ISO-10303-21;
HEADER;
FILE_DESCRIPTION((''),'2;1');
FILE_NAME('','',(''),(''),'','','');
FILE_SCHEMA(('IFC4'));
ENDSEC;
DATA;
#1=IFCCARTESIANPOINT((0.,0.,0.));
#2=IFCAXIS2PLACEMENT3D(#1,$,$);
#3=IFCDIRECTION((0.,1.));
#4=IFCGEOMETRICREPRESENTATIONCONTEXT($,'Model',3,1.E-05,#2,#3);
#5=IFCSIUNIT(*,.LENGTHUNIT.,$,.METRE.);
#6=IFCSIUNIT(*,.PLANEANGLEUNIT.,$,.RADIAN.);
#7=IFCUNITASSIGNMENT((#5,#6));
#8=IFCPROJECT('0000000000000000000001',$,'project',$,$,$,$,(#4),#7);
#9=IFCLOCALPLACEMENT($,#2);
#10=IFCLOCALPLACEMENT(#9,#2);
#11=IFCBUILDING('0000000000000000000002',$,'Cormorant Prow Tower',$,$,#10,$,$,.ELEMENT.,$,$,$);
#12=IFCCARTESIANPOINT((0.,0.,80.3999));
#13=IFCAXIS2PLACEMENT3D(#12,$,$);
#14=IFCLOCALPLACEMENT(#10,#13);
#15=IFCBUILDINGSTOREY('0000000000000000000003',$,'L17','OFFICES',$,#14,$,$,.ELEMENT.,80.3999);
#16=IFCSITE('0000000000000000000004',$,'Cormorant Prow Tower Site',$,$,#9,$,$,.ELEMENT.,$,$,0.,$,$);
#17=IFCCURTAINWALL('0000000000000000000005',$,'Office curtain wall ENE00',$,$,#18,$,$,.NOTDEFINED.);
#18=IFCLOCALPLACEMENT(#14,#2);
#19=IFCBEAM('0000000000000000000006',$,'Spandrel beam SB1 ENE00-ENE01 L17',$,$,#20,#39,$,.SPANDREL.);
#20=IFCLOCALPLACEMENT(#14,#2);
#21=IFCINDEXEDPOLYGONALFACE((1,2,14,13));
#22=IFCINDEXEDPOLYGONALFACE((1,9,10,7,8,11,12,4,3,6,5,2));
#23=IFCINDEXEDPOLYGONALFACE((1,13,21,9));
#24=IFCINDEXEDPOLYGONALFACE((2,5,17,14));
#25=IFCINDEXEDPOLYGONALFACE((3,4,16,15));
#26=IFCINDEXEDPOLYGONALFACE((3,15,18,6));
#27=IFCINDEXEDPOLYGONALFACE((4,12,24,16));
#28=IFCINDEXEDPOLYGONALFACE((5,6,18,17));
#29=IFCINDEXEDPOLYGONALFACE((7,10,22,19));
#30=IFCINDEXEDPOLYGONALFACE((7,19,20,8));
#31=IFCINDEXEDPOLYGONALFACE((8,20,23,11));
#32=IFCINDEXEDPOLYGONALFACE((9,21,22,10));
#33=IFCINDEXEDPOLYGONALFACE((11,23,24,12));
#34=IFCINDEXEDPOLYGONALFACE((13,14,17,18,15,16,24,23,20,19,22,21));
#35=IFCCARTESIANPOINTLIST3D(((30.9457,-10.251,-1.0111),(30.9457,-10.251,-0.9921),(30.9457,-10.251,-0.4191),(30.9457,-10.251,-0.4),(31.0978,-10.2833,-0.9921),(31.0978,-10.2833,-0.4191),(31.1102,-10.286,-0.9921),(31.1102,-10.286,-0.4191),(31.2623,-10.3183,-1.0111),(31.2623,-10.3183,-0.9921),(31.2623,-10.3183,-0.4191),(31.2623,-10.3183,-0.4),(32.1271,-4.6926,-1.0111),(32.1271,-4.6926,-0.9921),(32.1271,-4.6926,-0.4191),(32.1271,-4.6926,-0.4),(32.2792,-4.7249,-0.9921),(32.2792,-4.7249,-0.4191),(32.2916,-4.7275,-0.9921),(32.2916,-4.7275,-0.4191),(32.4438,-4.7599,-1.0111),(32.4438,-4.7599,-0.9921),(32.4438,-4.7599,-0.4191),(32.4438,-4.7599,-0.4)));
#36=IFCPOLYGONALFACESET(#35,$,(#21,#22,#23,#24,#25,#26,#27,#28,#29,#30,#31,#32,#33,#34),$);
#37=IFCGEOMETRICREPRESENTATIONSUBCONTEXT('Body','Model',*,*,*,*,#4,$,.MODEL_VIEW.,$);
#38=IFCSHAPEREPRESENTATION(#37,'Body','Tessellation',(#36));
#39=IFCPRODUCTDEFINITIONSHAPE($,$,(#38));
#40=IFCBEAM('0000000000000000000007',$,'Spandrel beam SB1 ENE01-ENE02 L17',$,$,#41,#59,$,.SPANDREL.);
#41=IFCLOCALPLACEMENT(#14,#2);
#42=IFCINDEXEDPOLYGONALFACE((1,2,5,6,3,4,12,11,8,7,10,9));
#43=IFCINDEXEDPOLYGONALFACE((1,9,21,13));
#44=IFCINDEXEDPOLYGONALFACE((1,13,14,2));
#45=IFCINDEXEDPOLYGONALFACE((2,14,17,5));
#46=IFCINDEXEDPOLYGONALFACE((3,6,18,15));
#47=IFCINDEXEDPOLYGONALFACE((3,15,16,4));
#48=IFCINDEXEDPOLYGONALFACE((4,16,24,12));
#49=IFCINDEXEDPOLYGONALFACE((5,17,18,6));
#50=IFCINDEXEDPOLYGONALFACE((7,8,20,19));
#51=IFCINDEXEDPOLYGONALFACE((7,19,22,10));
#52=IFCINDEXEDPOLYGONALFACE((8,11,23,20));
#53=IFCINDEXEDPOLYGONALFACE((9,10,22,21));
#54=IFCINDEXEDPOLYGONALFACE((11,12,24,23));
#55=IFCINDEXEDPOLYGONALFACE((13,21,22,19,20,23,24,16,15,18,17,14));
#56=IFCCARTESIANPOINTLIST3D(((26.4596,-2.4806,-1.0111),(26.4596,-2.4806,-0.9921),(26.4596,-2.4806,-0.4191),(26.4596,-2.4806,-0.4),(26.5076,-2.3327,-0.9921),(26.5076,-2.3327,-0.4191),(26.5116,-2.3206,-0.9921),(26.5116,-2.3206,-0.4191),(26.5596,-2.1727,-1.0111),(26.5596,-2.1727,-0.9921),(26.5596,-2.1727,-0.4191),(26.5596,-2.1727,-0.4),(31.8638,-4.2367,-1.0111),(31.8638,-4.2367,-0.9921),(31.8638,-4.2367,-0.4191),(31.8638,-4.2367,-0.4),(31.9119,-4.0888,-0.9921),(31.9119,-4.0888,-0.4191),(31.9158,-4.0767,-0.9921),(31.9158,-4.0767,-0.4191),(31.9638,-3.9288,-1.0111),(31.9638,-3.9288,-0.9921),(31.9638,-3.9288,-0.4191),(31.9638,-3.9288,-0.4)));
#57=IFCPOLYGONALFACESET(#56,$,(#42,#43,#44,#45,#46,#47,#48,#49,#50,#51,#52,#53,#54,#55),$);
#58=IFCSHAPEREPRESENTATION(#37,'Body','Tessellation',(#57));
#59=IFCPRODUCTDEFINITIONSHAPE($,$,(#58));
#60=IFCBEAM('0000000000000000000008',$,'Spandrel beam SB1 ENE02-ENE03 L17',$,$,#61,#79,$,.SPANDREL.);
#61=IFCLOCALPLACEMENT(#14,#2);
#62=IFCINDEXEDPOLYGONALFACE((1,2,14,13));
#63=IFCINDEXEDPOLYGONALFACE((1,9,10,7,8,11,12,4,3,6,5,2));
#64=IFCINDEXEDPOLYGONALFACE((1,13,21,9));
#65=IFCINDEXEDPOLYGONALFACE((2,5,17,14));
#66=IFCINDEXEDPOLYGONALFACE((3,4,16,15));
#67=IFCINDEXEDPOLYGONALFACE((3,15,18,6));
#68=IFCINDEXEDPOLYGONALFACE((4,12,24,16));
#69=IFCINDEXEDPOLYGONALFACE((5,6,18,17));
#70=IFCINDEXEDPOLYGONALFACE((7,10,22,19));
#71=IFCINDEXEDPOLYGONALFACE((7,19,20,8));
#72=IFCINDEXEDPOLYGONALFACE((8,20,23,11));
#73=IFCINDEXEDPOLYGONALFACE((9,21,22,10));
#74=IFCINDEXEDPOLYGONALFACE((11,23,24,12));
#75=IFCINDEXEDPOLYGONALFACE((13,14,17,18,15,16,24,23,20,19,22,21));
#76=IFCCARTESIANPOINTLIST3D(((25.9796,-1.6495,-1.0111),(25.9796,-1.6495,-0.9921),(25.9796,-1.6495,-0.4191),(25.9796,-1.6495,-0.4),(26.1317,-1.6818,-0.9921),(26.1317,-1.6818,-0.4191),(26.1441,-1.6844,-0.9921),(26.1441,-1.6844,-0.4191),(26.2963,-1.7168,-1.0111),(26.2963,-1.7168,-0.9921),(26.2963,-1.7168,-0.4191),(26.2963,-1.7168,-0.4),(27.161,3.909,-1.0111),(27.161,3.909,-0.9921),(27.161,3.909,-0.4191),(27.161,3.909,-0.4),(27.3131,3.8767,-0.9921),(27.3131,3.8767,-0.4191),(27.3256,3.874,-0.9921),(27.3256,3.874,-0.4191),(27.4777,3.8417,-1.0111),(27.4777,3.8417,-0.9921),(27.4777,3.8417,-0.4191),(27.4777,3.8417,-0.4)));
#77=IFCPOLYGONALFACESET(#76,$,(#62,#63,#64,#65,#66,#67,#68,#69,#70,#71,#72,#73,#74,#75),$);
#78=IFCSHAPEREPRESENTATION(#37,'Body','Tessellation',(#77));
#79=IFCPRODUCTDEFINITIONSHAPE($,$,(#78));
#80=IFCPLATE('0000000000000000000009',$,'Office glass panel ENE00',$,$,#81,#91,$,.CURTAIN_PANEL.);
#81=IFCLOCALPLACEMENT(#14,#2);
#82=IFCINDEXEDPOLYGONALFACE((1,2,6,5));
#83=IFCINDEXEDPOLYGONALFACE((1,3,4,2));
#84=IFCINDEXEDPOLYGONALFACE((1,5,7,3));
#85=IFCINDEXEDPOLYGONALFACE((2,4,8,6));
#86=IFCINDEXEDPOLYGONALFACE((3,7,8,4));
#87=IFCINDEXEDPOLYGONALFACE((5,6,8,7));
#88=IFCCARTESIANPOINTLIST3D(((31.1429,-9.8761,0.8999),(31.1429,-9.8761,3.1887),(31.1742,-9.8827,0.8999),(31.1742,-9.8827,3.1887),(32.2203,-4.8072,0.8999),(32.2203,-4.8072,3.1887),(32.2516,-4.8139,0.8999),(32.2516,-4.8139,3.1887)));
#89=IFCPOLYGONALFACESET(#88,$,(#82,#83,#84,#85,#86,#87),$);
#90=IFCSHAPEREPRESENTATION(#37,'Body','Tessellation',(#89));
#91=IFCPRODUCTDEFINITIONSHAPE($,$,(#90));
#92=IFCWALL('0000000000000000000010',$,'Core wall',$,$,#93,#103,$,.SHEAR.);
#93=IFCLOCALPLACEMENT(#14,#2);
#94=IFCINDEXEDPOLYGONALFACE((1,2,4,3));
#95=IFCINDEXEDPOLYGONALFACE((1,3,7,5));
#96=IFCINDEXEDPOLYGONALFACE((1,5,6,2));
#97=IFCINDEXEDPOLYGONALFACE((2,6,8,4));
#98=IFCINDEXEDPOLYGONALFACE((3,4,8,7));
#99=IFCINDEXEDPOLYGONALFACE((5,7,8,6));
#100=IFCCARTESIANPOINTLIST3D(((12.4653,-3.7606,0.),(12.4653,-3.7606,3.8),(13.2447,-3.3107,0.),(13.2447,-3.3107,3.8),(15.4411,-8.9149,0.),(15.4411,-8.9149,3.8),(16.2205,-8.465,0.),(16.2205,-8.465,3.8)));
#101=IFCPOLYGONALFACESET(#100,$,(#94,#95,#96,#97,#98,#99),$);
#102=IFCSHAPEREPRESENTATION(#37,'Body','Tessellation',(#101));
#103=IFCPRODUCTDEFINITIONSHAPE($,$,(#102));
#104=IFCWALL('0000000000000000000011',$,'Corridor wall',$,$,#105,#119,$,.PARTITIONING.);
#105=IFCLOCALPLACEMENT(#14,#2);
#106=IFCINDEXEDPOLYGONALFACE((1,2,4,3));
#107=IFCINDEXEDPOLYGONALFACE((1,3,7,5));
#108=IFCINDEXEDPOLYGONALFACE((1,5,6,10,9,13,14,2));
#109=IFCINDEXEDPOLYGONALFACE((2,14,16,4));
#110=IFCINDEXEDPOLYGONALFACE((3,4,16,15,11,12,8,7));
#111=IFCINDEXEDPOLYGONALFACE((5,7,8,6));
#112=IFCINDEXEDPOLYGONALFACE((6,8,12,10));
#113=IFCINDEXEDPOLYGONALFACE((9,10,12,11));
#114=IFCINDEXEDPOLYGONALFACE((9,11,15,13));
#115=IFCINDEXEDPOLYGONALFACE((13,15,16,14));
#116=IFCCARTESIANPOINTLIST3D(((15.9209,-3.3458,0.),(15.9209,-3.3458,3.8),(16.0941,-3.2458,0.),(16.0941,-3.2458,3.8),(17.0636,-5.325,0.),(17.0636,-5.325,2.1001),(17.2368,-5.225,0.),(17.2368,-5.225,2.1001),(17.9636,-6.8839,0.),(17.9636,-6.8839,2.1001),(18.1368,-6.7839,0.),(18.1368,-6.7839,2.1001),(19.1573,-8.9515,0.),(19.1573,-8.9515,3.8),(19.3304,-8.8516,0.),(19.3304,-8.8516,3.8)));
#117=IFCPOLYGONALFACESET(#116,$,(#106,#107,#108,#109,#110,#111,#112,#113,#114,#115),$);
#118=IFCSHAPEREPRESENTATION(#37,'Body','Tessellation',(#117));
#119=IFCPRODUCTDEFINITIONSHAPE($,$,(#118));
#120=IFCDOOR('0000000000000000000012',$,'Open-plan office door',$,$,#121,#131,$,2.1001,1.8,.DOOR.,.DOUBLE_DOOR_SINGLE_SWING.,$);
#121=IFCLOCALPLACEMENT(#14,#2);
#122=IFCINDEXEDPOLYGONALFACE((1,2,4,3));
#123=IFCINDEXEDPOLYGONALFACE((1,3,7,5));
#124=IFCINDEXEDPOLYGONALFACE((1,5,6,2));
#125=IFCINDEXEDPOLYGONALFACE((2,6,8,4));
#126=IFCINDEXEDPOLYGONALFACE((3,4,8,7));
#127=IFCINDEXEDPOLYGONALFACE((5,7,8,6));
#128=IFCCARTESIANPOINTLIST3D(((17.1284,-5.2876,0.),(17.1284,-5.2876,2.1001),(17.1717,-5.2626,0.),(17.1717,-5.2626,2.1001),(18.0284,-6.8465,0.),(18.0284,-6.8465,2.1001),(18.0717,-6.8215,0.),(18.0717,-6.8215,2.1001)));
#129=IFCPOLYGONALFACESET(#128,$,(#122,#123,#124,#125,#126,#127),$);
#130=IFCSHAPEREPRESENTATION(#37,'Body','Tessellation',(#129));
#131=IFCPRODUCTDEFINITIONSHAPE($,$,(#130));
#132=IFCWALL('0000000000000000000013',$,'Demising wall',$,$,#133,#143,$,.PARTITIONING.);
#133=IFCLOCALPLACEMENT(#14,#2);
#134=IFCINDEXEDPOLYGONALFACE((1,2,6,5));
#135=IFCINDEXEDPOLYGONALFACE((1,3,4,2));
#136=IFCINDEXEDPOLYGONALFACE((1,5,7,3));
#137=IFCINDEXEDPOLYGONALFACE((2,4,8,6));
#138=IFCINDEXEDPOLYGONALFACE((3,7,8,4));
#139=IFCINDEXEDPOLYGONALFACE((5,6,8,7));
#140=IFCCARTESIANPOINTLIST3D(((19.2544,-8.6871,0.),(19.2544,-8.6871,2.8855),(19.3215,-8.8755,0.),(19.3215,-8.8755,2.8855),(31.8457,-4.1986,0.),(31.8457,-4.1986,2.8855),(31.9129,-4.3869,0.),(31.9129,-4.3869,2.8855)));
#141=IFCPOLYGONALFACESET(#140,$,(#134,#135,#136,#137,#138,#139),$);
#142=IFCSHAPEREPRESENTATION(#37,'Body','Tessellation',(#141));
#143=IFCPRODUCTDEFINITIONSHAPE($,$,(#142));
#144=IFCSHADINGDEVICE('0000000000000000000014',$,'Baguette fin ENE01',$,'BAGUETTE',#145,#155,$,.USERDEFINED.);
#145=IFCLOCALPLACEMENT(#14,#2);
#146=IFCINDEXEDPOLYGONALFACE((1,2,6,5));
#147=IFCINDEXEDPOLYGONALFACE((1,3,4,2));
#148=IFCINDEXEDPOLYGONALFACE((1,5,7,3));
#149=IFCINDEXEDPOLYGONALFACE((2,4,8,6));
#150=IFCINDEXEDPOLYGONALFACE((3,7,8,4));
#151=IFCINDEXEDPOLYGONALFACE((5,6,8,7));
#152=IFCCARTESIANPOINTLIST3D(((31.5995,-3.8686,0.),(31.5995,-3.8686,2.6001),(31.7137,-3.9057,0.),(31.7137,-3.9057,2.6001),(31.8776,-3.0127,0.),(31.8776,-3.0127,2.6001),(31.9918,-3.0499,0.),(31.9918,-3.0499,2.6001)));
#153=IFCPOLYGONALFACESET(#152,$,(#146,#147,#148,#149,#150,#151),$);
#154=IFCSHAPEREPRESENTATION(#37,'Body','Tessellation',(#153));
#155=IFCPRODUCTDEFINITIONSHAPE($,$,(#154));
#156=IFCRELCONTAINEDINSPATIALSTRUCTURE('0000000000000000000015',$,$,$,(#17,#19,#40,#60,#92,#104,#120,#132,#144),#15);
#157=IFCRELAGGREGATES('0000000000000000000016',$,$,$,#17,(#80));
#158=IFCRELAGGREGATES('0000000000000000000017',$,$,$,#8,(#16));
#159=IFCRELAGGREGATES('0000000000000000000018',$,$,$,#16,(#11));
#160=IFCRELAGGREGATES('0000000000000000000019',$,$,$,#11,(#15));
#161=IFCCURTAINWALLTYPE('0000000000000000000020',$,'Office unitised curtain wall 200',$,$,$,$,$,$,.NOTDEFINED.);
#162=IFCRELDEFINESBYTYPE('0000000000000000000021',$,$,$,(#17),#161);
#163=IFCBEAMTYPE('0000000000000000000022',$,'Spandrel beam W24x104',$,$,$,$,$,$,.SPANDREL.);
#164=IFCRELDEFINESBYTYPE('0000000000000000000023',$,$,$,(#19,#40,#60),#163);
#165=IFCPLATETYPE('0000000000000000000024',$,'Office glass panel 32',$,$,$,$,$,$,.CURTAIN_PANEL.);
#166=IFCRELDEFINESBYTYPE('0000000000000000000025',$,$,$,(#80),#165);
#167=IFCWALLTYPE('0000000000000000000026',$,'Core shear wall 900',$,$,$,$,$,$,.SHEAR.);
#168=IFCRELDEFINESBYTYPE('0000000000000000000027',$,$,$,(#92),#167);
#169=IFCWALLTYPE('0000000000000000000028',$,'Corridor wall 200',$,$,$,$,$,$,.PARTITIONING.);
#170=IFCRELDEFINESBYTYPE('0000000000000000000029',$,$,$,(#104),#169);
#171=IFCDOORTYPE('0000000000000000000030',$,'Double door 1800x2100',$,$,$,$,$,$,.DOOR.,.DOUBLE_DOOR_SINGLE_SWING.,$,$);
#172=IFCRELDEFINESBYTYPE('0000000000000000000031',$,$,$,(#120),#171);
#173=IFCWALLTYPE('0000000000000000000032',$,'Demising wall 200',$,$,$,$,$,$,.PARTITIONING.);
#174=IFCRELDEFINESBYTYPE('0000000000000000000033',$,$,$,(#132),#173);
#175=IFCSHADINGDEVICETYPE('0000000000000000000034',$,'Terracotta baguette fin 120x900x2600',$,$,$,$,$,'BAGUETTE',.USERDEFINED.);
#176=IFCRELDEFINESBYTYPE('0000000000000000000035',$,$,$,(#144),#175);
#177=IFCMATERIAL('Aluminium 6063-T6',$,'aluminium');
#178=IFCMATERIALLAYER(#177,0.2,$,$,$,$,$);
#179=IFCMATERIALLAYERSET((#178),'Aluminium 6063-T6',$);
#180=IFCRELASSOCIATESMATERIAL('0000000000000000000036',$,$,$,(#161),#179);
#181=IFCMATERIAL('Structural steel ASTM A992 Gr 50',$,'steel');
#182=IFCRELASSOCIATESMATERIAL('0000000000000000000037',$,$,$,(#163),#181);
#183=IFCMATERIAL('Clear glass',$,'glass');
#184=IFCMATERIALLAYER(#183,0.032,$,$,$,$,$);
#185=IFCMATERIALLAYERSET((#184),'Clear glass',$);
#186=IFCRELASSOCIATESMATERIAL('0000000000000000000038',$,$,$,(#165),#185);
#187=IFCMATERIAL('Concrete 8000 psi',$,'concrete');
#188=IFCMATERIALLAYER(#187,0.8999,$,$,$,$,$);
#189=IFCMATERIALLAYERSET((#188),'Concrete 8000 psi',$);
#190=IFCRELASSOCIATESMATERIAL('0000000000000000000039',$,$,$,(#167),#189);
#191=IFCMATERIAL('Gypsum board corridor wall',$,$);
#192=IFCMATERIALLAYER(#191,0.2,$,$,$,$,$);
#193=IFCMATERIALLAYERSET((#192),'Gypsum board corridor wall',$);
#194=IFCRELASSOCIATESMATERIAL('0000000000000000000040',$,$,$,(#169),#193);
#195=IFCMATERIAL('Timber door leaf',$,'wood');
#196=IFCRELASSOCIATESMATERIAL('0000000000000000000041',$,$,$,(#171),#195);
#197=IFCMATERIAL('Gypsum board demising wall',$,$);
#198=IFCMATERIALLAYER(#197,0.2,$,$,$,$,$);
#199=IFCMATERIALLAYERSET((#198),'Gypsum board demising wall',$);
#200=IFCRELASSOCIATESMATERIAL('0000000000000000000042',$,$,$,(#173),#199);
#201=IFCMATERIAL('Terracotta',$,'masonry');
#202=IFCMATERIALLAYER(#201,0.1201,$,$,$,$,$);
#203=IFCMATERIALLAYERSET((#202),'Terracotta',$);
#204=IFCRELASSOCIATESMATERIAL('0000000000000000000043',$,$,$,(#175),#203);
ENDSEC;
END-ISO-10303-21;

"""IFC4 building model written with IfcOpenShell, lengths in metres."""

from ifc_helpers import new_model, si_unit, direction, frame, frame_2d, origin, origin_2d, place, context, subcontext, project, spatial, rectangle, i_section, extrude, material, layer, layer_set, material_profile, profile_set, type_object, element, fill, aggregate, save


model = new_model("IFC4")

# Units and contexts
model_context = context("Model", 3, precision=1e-05, world=origin(), true_north=direction((0.0, 1.0)))
body_context = subcontext(model_context, "Body", "Model", "MODEL_VIEW")
ifc_project = project(units=[si_unit("LENGTHUNIT", "METRE"), si_unit("PLANEANGLEUNIT", "RADIAN")], contexts=[model_context])

# Site, building, storey
site_placement = place(None, origin())
site = spatial("IfcSite", under=ifc_project, at=site_placement, Name="Cormorant Prow Tower Site", CompositionType="ELEMENT", RefElevation=0.0)
building_placement = place(site_placement, origin())
building = spatial("IfcBuilding", under=site, at=building_placement, Name="Cormorant Prow Tower", CompositionType="ELEMENT")
storey_placement = place(building_placement, frame((0.0, 0.0, 80.3999)))
storey = spatial("IfcBuildingStorey", under=building, at=storey_placement, Name="L17", Description="OFFICES", CompositionType="ELEMENT", Elevation=80.3999)

# Curtain wall
ifc_material_1 = material(Name="Aluminium 6063-T6", Category="aluminium")
ifc_layer_1 = layer(ifc_material_1, 0.2)
ifc_layer_set_1 = layer_set([ifc_layer_1], Name="Aluminium 6063-T6")
curtain_wall_type = type_object("IfcCurtainWallType", Name="Office unitised curtain wall 200", PredefinedType="NOTDEFINED", material=ifc_layer_set_1)
curtain_wall_1_placement = place(storey_placement, origin())
curtain_wall_1 = element("IfcCurtainWall", 1, at=curtain_wall_1_placement, inside=storey, type_object=curtain_wall_type, Name="Office curtain wall ENE00", PredefinedType="NOTDEFINED")

# Beams
ifc_material_2 = material(Name="Structural steel ASTM A992 Gr 50", Category="steel")
ifc_material_profile_1 = material_profile(ifc_material_2, i_section(OverallWidth=0.3237, OverallDepth=0.6111, WebThickness=0.0127, FlangeThickness=0.019, at=origin_2d()), Name="W24x104")
ifc_profile_set_1 = profile_set([ifc_material_profile_1], Name="Structural steel ASTM A992 Gr 50")
beam_type_1 = type_object("IfcBeamType", Name="Spandrel beam W24x104", PredefinedType="SPANDREL", material=ifc_profile_set_1)
beam_1_placement = place(storey_placement, frame((31.104, -10.2847, -0.7056), z_axis=(0.2079, 0.97815, 0.0), x_axis=(-0.97815, 0.2079, 0.0)))
element("IfcBeam", 2, at=beam_1_placement, inside=storey, type_object=beam_type_1, Name="Spandrel beam SB1 ENE00-ENE01 L17", PredefinedType="SPANDREL", context=body_context, shape_type="SweptSolid", body=[
    extrude(i_section(OverallWidth=0.3237, OverallDepth=0.6111, WebThickness=0.0127, FlangeThickness=0.019, at=origin_2d()), origin(), (0.0, 0.0, 1.0), 5.6826),
])
beam_2_placement = place(storey_placement, frame((31.9138, -4.0828, -0.7056), z_axis=(-0.951049, 0.309039, 0.0), x_axis=(-0.309039, -0.951049, 0.0)))
element("IfcBeam", 3, at=beam_2_placement, inside=storey, type_object=beam_type_1, Name="Spandrel beam SB1 ENE01-ENE02 L17", PredefinedType="SPANDREL", context=body_context, shape_type="SweptSolid", body=[
    extrude(i_section(OverallWidth=0.3237, OverallDepth=0.6111, WebThickness=0.0127, FlangeThickness=0.019, at=origin_2d()), origin(), (0.0, 0.0, 1.0), 5.6824),
])
beam_3_placement = place(storey_placement, frame((26.1379, -1.6831, -0.7056), z_axis=(0.2079, 0.97815, 0.0), x_axis=(-0.97815, 0.2079, 0.0)))
element("IfcBeam", 4, at=beam_3_placement, inside=storey, type_object=beam_type_1, Name="Spandrel beam SB1 ENE02-ENE03 L17", PredefinedType="SPANDREL", context=body_context, shape_type="SweptSolid", body=[
    extrude(i_section(OverallWidth=0.3237, OverallDepth=0.6111, WebThickness=0.0127, FlangeThickness=0.019, at=origin_2d()), origin(), (0.0, 0.0, 1.0), 5.6826),
])

# Plate
ifc_material_3 = material(Name="Clear glass", Category="glass")
ifc_layer_2 = layer(ifc_material_3, 0.032)
ifc_layer_set_2 = layer_set([ifc_layer_2], Name="Clear glass")
plate_type = type_object("IfcPlateType", Name="Office glass panel 32", PredefinedType="CURTAIN_PANEL", material=ifc_layer_set_2)
plate_placement = place(storey_placement, frame((31.6973, -7.345, 0.8999), z_axis=(0.0, 0.0, 1.0), x_axis=(0.207912, 0.978148, 0.0)))
plate = element("IfcPlate", 5, at=plate_placement, type_object=plate_type, Name="Office glass panel ENE00", PredefinedType="CURTAIN_PANEL", context=body_context, shape_type="SweptSolid", body=[
    extrude(rectangle(XDim=5.1821, YDim=0.032, at=origin_2d()), origin(), (0.0, 0.0, 1.0), 2.2888),
])
aggregate(curtain_wall_1, [plate])

# Wall
ifc_material_4 = material(Name="Concrete 8000 psi", Category="concrete")
ifc_layer_3 = layer(ifc_material_4, 0.8999)
ifc_layer_set_3 = layer_set([ifc_layer_3], Name="Concrete 8000 psi")
wall_type_1 = type_object("IfcWallType", Name="Core shear wall 900", PredefinedType="SHEAR", material=ifc_layer_set_3)
wall_1_placement = place(storey_placement, frame((15.8308, -8.6899, 0.0), z_axis=(0.0, 0.0, 1.0), x_axis=(-0.499999, 0.866026, 0.0)))
element("IfcWall", 6, at=wall_1_placement, inside=storey, type_object=wall_type_1, Name="Core wall", PredefinedType="SHEAR", context=body_context, shape_type="SweptSolid", body=[
    extrude(rectangle(XDim=5.9517, YDim=0.8999, at=frame_2d((2.9758, 0.0))), origin(), (0.0, 0.0, 1.0), 3.8),
])

# Wall, opening, door
ifc_material_5 = material(Name="Gypsum board corridor wall")
ifc_layer_4 = layer(ifc_material_5, 0.2)
ifc_layer_set_4 = layer_set([ifc_layer_4], Name="Gypsum board corridor wall")
wall_type_2 = type_object("IfcWallType", Name="Corridor wall 200", PredefinedType="PARTITIONING", material=ifc_layer_set_4)
wall_2_placement = place(storey_placement, frame((16.0076, -3.2959, 0.0), z_axis=(0.0, 0.0, 1.0), x_axis=(0.499985, -0.866034, 0.0)))
wall_2 = element("IfcWall", 7, at=wall_2_placement, inside=storey, type_object=wall_type_2, Name="Corridor wall", PredefinedType="PARTITIONING", context=body_context, shape_type="SweptSolid", body=[
    extrude(rectangle(XDim=6.4729, YDim=0.2, at=frame_2d((3.2363, 0.0))), origin(), (0.0, 0.0, 1.0), 3.8),
])
opening_1_placement = place(wall_2_placement, frame((2.2854, 0.0, 0.0)))
opening_1 = element("IfcOpeningElement", 8, at=opening_1_placement, cuts=wall_2, PredefinedType="OPENING", context=body_context, shape_type="SweptSolid", body=[
    extrude(rectangle(XDim=1.8, YDim=2.1001, at=frame_2d((0.8999, 1.05))), frame((0.0, 0.1099, 0.0), z_axis=(0.0, -1.0, 0.0), x_axis=(1.0, 0.0, 0.0)), (0.0, 0.0, 1.0), 0.22),
])
ifc_material_6 = material(Name="Timber door leaf", Category="wood")
door_type_1 = type_object("IfcDoorType", Name="Double door 1800x2100", OperationType="DOUBLE_DOOR_SINGLE_SWING", PredefinedType="DOOR", material=ifc_material_6)
door_1_placement = place(opening_1_placement, origin())
door_1 = element("IfcDoor", 9, at=door_1_placement, inside=storey, type_object=door_type_1, Name="Open-plan office door", OperationType="DOUBLE_DOOR_SINGLE_SWING", OverallHeight=2.1001, OverallWidth=1.8, PredefinedType="DOOR", context=body_context, shape_type="SweptSolid", body=[
    extrude(rectangle(XDim=1.8, YDim=2.1001, at=frame_2d((0.8999, 1.05))), frame((0.0, 0.0249, 0.0), z_axis=(0.0, -1.0, 0.0), x_axis=(1.0, 0.0, 0.0)), (0.0, 0.0, 1.0), 0.05),
])
fill(opening_1, door_1)

# Wall
ifc_material_7 = material(Name="Gypsum board demising wall")
ifc_layer_5 = layer(ifc_material_7, 0.2)
ifc_layer_set_5 = layer_set([ifc_layer_5], Name="Gypsum board demising wall")
wall_type_3 = type_object("IfcWallType", Name="Demising wall 200", PredefinedType="PARTITIONING", material=ifc_layer_set_5)
wall_3_placement = place(storey_placement, frame((19.2881, -8.7812, 0.0), z_axis=(0.0, 0.0, 1.0), x_axis=(0.94194, 0.335781, 0.0)))
element("IfcWall", 10, at=wall_3_placement, inside=storey, type_object=wall_type_3, Name="Demising wall", PredefinedType="PARTITIONING", context=body_context, shape_type="SweptSolid", body=[
    extrude(rectangle(XDim=13.3674, YDim=0.2, at=frame_2d((6.6836, 0.0))), origin(), (0.0, 0.0, 1.0), 2.8855),
])

# Shading device
ifc_material_8 = material(Name="Terracotta", Category="masonry")
ifc_layer_6 = layer(ifc_material_8, 0.1201)
ifc_layer_set_6 = layer_set([ifc_layer_6], Name="Terracotta")
shading_device_type = type_object("IfcShadingDeviceType", Name="Terracotta baguette fin 120x900x2600", ElementType="BAGUETTE", PredefinedType="USERDEFINED", material=ifc_layer_set_6)
shading_device_placement = place(storey_placement, frame((31.7957, -3.4592, 0.0), z_axis=(0.0, 0.0, 1.0), x_axis=(-0.951057, 0.309017, 0.0)))
element("IfcShadingDevice", 11, at=shading_device_placement, inside=storey, type_object=shading_device_type, Name="Baguette fin ENE01", ObjectType="BAGUETTE", PredefinedType="USERDEFINED", context=body_context, shape_type="SweptSolid", body=[
    extrude(rectangle(XDim=0.1201, YDim=0.8999, at=origin_2d()), origin(), (0.0, 0.0, 1.0), 2.6001),
])

save(model, "model.ifc")
